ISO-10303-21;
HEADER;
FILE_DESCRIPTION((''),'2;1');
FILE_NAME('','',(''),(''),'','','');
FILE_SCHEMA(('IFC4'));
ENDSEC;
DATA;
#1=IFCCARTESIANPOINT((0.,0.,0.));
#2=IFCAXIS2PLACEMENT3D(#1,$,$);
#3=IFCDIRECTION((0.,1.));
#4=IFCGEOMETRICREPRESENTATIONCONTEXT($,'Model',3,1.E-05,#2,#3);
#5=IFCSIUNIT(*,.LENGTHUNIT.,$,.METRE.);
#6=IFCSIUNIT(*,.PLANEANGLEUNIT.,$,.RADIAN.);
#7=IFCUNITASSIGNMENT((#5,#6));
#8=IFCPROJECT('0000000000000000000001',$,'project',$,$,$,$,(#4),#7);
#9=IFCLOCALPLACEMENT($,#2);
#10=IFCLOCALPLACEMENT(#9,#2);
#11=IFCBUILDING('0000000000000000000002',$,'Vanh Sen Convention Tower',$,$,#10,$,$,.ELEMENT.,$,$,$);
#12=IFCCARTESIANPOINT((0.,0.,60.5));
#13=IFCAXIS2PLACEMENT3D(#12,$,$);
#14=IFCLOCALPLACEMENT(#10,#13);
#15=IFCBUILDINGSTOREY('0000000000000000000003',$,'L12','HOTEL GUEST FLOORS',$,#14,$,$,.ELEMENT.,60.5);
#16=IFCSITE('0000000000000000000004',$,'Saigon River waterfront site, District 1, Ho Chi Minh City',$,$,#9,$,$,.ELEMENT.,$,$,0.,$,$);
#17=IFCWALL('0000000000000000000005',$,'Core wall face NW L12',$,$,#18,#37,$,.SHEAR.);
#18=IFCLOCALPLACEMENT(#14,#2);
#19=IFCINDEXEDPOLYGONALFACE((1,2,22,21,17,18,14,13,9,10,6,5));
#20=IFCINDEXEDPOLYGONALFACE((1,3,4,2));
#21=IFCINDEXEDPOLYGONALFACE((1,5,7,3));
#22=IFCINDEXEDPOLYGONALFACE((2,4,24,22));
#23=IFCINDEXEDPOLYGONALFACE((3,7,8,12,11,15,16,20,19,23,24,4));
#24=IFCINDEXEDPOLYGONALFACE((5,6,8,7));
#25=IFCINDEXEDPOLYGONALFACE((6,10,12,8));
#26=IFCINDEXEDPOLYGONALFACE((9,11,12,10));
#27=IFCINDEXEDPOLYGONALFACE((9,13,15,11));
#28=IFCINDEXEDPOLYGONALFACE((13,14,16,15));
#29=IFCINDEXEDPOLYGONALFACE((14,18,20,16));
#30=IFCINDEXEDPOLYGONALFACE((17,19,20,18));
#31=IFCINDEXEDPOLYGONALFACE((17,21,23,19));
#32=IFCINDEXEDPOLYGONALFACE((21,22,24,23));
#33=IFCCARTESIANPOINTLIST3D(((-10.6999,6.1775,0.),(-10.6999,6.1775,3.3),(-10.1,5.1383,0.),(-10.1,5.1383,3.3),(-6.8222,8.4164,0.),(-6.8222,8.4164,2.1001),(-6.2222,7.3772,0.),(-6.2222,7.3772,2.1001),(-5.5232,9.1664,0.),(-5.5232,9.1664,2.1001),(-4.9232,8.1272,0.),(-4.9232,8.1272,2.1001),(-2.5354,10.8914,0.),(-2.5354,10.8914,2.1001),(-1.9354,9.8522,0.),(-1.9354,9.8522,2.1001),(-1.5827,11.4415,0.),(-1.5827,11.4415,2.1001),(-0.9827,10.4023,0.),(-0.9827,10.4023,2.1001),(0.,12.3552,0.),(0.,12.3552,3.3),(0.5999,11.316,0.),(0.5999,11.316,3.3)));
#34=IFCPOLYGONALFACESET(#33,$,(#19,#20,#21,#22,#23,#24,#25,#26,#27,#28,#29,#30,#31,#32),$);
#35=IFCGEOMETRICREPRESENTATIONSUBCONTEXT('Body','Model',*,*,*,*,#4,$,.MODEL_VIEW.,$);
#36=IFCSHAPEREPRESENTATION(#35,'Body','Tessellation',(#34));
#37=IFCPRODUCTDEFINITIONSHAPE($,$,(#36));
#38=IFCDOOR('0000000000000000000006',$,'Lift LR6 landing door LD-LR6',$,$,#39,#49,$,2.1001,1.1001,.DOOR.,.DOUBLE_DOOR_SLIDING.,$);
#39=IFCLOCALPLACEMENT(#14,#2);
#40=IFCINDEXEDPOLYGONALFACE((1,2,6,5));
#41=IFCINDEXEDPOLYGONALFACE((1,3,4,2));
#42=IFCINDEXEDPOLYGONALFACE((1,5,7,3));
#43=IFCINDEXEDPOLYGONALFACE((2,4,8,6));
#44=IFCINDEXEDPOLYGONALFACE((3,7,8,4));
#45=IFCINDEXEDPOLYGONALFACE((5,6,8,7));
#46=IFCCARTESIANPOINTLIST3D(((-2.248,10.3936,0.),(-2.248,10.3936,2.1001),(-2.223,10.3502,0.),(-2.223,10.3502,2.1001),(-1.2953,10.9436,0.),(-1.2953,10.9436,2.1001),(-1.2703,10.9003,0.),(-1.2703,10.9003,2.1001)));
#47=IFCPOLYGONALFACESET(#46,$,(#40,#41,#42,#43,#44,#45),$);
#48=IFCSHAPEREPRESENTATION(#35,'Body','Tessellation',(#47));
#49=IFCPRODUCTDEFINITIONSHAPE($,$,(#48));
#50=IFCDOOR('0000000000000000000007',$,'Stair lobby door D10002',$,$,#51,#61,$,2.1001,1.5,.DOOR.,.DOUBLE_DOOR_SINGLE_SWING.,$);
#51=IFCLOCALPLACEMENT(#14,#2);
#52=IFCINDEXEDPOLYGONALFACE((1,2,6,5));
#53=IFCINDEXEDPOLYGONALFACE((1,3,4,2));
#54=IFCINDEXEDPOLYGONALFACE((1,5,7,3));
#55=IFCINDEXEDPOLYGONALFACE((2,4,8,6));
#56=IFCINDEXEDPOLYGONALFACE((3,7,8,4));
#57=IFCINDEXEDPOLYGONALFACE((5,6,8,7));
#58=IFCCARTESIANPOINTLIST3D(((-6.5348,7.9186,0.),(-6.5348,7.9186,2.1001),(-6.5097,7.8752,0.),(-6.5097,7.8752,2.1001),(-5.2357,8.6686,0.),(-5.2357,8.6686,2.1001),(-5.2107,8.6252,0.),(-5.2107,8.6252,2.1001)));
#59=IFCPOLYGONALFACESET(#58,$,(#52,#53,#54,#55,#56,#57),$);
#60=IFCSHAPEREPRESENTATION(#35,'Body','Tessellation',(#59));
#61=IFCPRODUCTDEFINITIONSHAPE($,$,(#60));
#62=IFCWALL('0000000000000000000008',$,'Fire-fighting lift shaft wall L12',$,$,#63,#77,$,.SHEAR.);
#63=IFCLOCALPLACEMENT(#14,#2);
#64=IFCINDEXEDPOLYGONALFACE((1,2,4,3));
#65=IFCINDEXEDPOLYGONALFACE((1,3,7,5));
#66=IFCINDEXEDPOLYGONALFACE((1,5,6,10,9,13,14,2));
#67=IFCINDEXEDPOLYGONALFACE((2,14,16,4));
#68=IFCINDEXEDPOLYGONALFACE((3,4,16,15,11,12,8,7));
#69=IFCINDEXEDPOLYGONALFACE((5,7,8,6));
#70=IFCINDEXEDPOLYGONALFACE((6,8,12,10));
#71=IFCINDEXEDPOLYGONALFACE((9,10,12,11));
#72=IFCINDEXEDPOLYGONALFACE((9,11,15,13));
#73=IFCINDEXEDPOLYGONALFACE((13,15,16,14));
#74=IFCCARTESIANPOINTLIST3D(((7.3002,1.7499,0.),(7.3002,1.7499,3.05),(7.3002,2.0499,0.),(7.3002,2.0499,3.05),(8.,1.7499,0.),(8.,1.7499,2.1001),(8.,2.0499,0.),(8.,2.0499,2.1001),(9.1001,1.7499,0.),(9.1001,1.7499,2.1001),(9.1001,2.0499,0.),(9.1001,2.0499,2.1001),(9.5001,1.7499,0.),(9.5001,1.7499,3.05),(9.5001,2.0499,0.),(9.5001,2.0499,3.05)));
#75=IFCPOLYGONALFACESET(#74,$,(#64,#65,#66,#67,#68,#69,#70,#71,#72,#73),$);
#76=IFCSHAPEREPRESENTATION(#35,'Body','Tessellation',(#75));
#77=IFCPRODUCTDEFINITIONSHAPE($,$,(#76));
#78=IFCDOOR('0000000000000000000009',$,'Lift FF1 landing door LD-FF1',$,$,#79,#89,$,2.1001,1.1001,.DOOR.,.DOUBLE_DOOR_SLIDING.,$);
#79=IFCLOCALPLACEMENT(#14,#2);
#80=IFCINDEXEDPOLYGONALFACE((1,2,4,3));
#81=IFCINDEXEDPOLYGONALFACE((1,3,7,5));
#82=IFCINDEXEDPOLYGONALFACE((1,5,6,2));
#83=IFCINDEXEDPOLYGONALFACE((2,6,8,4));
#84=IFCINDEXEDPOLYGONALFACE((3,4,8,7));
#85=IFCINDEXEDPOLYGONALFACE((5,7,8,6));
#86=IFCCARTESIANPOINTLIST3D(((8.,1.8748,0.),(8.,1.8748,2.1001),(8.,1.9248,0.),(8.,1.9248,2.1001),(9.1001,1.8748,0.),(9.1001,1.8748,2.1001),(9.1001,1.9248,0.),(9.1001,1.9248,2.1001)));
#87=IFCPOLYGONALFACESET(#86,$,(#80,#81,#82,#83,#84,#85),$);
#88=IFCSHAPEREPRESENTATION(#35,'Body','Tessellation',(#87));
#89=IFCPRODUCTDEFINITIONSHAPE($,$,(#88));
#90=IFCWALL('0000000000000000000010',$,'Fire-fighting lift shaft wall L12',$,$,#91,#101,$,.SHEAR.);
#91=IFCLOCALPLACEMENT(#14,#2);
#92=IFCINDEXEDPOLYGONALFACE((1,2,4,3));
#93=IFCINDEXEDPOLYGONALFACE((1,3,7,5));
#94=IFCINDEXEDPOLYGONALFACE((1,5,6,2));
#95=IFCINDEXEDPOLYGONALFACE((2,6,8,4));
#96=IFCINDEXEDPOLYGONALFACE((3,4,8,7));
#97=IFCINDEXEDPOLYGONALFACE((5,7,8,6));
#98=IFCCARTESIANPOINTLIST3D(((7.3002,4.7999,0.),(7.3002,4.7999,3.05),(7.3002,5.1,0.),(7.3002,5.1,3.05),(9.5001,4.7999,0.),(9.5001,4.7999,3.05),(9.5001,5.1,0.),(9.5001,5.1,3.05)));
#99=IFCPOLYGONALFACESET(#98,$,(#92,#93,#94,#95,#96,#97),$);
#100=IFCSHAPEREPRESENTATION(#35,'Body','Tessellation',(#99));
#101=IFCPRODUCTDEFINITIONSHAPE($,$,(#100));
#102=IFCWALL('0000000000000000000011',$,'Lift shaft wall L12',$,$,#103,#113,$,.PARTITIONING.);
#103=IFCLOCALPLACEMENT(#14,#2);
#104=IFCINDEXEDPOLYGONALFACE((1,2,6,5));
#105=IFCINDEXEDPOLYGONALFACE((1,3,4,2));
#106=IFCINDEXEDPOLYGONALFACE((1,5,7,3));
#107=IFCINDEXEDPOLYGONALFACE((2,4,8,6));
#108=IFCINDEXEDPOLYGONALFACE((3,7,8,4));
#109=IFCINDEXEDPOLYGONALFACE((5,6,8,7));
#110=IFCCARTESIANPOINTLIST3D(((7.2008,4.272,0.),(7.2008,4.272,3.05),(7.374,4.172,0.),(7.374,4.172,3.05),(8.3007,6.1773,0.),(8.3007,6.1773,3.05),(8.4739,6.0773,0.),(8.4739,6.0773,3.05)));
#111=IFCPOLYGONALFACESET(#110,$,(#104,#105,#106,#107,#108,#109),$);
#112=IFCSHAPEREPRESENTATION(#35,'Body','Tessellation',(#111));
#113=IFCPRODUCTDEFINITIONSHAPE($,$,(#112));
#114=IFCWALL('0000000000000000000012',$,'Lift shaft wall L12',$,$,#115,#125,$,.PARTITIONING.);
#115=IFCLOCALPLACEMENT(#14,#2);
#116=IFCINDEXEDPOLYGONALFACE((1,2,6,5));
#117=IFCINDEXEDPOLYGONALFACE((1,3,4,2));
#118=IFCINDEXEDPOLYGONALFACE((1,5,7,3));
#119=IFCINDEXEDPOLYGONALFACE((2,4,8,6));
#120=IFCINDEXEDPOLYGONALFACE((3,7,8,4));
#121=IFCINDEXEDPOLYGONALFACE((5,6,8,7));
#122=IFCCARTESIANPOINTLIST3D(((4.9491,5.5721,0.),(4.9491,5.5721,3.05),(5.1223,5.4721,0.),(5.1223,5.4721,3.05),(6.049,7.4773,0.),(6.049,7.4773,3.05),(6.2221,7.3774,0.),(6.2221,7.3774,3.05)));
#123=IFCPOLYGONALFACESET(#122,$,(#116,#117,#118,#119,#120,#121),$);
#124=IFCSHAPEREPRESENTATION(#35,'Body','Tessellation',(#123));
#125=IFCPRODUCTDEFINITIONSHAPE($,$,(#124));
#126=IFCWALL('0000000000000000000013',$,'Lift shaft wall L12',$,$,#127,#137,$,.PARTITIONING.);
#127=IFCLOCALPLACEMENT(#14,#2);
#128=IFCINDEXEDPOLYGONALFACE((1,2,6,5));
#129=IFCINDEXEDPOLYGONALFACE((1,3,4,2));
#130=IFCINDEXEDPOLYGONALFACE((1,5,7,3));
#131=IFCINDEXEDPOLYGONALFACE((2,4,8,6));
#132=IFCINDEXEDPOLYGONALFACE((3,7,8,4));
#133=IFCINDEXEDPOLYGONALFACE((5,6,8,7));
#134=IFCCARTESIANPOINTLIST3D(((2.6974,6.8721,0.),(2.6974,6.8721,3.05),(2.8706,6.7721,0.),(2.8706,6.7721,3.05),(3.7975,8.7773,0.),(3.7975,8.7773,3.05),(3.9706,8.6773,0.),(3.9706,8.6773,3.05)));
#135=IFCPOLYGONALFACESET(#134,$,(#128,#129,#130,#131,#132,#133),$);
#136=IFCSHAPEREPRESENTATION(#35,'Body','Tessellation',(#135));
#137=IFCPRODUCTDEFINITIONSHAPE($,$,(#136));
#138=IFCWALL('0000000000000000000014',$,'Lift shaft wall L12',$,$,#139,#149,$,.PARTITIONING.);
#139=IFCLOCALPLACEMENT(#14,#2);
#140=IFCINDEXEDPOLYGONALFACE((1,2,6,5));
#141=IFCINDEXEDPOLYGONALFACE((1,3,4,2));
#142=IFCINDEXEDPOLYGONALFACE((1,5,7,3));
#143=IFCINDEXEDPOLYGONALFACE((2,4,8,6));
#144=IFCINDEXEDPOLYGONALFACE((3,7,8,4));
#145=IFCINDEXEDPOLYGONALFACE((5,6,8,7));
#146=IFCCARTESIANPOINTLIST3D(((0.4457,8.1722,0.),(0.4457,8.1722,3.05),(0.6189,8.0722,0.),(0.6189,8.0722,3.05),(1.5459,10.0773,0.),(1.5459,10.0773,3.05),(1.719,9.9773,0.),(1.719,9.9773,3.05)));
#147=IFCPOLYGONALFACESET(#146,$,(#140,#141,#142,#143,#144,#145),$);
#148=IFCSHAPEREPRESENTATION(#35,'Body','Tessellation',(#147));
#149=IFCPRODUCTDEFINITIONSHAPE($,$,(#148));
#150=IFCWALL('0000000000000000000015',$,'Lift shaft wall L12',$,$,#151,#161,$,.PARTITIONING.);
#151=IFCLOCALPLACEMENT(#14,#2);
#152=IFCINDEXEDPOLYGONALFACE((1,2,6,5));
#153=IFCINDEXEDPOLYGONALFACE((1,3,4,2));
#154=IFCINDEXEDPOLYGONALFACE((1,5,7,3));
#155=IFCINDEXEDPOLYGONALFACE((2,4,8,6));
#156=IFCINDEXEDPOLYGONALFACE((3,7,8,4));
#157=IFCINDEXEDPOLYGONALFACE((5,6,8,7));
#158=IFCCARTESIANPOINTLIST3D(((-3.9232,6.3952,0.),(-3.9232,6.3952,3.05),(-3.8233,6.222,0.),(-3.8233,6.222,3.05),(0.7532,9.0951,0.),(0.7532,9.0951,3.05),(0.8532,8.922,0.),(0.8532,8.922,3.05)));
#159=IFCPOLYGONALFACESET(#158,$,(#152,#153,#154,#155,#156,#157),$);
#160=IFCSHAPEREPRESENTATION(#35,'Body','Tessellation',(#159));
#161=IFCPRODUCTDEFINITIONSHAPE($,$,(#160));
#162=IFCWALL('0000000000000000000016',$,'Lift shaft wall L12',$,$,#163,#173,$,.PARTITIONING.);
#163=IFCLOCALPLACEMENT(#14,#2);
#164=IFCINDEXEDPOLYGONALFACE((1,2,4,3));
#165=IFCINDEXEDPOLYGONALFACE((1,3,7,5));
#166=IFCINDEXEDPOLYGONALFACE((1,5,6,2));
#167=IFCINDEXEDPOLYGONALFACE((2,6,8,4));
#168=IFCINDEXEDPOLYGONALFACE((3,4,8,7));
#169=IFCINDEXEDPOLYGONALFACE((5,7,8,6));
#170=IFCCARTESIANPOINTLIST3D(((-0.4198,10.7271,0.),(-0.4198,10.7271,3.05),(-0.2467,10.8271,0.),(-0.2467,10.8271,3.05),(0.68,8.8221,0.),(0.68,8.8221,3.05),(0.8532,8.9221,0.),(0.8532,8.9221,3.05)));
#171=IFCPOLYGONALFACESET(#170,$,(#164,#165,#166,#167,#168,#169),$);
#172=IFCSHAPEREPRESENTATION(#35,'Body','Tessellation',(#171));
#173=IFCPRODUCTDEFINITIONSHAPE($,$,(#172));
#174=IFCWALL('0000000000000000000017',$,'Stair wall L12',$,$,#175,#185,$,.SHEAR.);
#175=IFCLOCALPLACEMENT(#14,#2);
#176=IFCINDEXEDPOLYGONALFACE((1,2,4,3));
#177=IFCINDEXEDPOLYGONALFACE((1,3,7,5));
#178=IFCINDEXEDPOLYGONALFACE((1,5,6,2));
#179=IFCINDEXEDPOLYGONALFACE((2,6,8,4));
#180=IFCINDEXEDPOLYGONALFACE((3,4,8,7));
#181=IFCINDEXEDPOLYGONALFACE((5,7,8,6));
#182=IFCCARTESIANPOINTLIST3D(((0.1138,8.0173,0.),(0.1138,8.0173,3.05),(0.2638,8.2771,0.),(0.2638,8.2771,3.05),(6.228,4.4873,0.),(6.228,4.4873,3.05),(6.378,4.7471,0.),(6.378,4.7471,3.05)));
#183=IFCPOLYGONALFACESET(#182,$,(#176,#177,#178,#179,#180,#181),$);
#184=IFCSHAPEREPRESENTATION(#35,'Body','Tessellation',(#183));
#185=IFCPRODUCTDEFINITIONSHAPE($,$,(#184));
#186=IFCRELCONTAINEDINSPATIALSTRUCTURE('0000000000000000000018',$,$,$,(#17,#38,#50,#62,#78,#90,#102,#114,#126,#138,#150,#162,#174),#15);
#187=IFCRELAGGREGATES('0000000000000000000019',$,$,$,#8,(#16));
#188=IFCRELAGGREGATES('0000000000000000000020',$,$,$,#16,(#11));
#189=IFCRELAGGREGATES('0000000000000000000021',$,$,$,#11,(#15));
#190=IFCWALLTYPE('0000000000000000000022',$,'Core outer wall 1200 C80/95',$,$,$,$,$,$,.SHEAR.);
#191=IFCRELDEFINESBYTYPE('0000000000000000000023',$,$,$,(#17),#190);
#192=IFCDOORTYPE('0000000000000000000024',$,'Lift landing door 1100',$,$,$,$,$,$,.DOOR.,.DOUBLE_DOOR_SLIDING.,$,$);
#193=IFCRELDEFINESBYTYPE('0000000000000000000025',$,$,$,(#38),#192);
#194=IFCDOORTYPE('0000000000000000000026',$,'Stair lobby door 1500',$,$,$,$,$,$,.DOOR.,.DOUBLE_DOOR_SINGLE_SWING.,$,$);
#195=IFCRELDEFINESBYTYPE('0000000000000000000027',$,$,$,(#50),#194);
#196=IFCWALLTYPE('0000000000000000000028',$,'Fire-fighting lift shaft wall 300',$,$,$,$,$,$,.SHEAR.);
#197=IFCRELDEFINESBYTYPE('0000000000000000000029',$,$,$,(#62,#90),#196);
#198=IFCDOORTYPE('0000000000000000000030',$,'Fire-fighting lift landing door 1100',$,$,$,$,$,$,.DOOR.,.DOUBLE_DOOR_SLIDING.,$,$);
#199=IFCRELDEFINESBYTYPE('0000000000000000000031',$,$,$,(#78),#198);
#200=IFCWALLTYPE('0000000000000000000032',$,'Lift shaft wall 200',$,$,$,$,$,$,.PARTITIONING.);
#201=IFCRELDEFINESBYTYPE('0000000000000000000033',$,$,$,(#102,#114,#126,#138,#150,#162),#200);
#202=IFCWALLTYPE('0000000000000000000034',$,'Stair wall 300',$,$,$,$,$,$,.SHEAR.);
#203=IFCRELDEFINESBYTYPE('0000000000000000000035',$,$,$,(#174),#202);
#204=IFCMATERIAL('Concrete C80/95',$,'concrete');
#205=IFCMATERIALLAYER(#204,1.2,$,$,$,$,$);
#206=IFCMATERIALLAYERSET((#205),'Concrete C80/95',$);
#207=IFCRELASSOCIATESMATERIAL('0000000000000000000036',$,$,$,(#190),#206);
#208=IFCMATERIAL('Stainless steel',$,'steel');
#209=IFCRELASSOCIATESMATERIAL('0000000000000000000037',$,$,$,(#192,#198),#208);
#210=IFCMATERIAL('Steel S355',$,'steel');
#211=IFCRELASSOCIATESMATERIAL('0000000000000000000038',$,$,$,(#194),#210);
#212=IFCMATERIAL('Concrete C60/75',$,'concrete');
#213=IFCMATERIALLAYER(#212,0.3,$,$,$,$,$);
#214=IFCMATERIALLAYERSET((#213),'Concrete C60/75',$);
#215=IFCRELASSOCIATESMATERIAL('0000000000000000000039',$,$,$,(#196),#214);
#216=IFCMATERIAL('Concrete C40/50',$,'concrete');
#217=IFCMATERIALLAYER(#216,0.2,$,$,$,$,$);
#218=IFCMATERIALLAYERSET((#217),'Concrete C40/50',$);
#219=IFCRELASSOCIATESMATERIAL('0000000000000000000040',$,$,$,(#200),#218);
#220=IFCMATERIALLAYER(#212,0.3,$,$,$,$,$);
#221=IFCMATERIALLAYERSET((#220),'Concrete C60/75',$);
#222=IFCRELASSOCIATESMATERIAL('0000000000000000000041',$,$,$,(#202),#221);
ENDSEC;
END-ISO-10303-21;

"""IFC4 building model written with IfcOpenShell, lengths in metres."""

from ifc_helpers import new_model, si_unit, direction, frame, frame_2d, origin, place, context, subcontext, project, spatial, rectangle, extrude, material, layer, layer_set, type_object, element, fill, save


model = new_model("IFC4")

# Units and contexts
model_context = context("Model", 3, precision=1e-05, world=origin(), true_north=direction((0.0, 1.0)))
body_context = subcontext(model_context, "Body", "Model", "MODEL_VIEW")
ifc_project = project(units=[si_unit("LENGTHUNIT", "METRE"), si_unit("PLANEANGLEUNIT", "RADIAN")], contexts=[model_context])

# Site, building, storey
site_placement = place(None, origin())
site = spatial("IfcSite", under=ifc_project, at=site_placement, Name="Saigon River waterfront site, District 1, Ho Chi Minh City", CompositionType="ELEMENT", RefElevation=0.0)
building_placement = place(site_placement, origin())
building = spatial("IfcBuilding", under=site, at=building_placement, Name="Vanh Sen Convention Tower", CompositionType="ELEMENT")
storey_placement = place(building_placement, frame((0.0, 0.0, 60.5)))
storey = spatial("IfcBuildingStorey", under=building, at=storey_placement, Name="L12", Description="HOTEL GUEST FLOORS", CompositionType="ELEMENT", Elevation=60.5)

# Wall, openings, doors
ifc_material_1 = material(Name="Concrete C80/95", Category="concrete")
ifc_layer_1 = layer(ifc_material_1, 1.2)
ifc_layer_set_1 = layer_set([ifc_layer_1], Name="Concrete C80/95")
wall_type_1 = type_object("IfcWallType", Name="Core outer wall 1200 C80/95", PredefinedType="SHEAR", material=ifc_layer_set_1)
wall_1_placement = place(storey_placement, frame((0.3, 11.8357, 0.0), z_axis=(0.0, 0.0, 1.0), x_axis=(-0.866021, -0.500007, 0.0)))
wall_1 = element("IfcWall", 1, at=wall_1_placement, inside=storey, type_object=wall_type_1, Name="Core wall face NW L12", PredefinedType="SHEAR", context=body_context, shape_type="SweptSolid", body=[
    extrude(rectangle(XDim=12.3552, YDim=1.2, at=frame_2d((6.1777, 0.0))), origin(), (0.0, 0.0, 1.0), 3.3),
])
opening_1_placement = place(wall_1_placement, frame((6.3777, 0.0, 0.0)))
opening_1 = element("IfcOpeningElement", 2, at=opening_1_placement, cuts=wall_1, PredefinedType="OPENING", context=body_context, shape_type="SweptSolid", body=[
    extrude(rectangle(XDim=1.5, YDim=2.1001, at=frame_2d((0.75, 1.05))), frame((0.0, 0.6099, 0.0), z_axis=(0.0, -1.0, 0.0), x_axis=(1.0, 0.0, 0.0)), (0.0, 0.0, 1.0), 1.22),
])
opening_2_placement = place(wall_1_placement, frame((1.8276, 0.0, 0.0)))
opening_2 = element("IfcOpeningElement", 3, at=opening_2_placement, cuts=wall_1, PredefinedType="OPENING", context=body_context, shape_type="SweptSolid", body=[
    extrude(rectangle(XDim=1.1001, YDim=2.1001, at=frame_2d((0.55, 1.05))), frame((0.0, 0.6099, 0.0), z_axis=(0.0, -1.0, 0.0), x_axis=(1.0, 0.0, 0.0)), (0.0, 0.0, 1.0), 1.22),
])
ifc_material_2 = material(Name="Stainless steel", Category="steel")
door_type_1 = type_object("IfcDoorType", Name="Lift landing door 1100", OperationType="DOUBLE_DOOR_SLIDING", PredefinedType="DOOR", material=ifc_material_2)
door_1_placement = place(opening_2_placement, origin())
door_1 = element("IfcDoor", 4, at=door_1_placement, inside=storey, type_object=door_type_1, Name="Lift LR6 landing door LD-LR6", OperationType="DOUBLE_DOOR_SLIDING", OverallHeight=2.1001, OverallWidth=1.1001, PredefinedType="DOOR", context=body_context, shape_type="SweptSolid", body=[
    extrude(rectangle(XDim=1.1001, YDim=2.1001, at=frame_2d((0.55, 1.05))), frame((0.0, 0.0249, 0.0), z_axis=(0.0, -1.0, 0.0), x_axis=(1.0, 0.0, 0.0)), (0.0, 0.0, 1.0), 0.05),
])
fill(opening_2, door_1)
ifc_material_3 = material(Name="Steel S355", Category="steel")
door_type_2 = type_object("IfcDoorType", Name="Stair lobby door 1500", OperationType="DOUBLE_DOOR_SINGLE_SWING", PredefinedType="DOOR", material=ifc_material_3)
door_2_placement = place(opening_1_placement, origin())
door_2 = element("IfcDoor", 5, at=door_2_placement, inside=storey, type_object=door_type_2, Name="Stair lobby door D10002", OperationType="DOUBLE_DOOR_SINGLE_SWING", OverallHeight=2.1001, OverallWidth=1.5, PredefinedType="DOOR", context=body_context, shape_type="SweptSolid", body=[
    extrude(rectangle(XDim=1.5, YDim=2.1001, at=frame_2d((0.75, 1.05))), frame((0.0, 0.0249, 0.0), z_axis=(0.0, -1.0, 0.0), x_axis=(1.0, 0.0, 0.0)), (0.0, 0.0, 1.0), 0.05),
])
fill(opening_1, door_2)

# Wall, opening, door
ifc_material_4 = material(Name="Concrete C60/75", Category="concrete")
ifc_layer_2 = layer(ifc_material_4, 0.3)
ifc_layer_set_2 = layer_set([ifc_layer_2], Name="Concrete C60/75")
wall_type_2 = type_object("IfcWallType", Name="Fire-fighting lift shaft wall 300", PredefinedType="SHEAR", material=ifc_layer_set_2)
wall_2_placement = place(storey_placement, frame((7.3, 1.8999, 0.0), z_axis=(0.0, 0.0, 1.0), x_axis=(1.0, 0.0, 0.0)))
wall_2 = element("IfcWall", 6, at=wall_2_placement, inside=storey, type_object=wall_type_2, Name="Fire-fighting lift shaft wall L12", PredefinedType="SHEAR", context=body_context, shape_type="SweptSolid", body=[
    extrude(rectangle(XDim=2.2, YDim=0.3, at=frame_2d((1.1001, 0.0))), origin(), (0.0, 0.0, 1.0), 3.05),
])
opening_3_placement = place(wall_2_placement, frame((0.7, 0.0, 0.0)))
opening_3 = element("IfcOpeningElement", 7, at=opening_3_placement, cuts=wall_2, PredefinedType="OPENING", context=body_context, shape_type="SweptSolid", body=[
    extrude(rectangle(XDim=1.1001, YDim=2.1001, at=frame_2d((0.55, 1.05))), frame((0.0, 0.1599, 0.0), z_axis=(0.0, -1.0, 0.0), x_axis=(1.0, 0.0, 0.0)), (0.0, 0.0, 1.0), 0.3201),
])
door_type_3 = type_object("IfcDoorType", Name="Fire-fighting lift landing door 1100", OperationType="DOUBLE_DOOR_SLIDING", PredefinedType="DOOR", material=ifc_material_2)
door_3_placement = place(opening_3_placement, origin())
door_3 = element("IfcDoor", 8, at=door_3_placement, inside=storey, type_object=door_type_3, Name="Lift FF1 landing door LD-FF1", OperationType="DOUBLE_DOOR_SLIDING", OverallHeight=2.1001, OverallWidth=1.1001, PredefinedType="DOOR", context=body_context, shape_type="SweptSolid", body=[
    extrude(rectangle(XDim=1.1001, YDim=2.1001, at=frame_2d((0.55, 1.05))), frame((0.0, 0.0249, 0.0), z_axis=(0.0, -1.0, 0.0), x_axis=(1.0, 0.0, 0.0)), (0.0, 0.0, 1.0), 0.05),
])
fill(opening_3, door_3)

# Walls
wall_3_placement = place(storey_placement, frame((7.3, 4.95, 0.0), z_axis=(0.0, 0.0, 1.0), x_axis=(1.0, 0.0, 0.0)))
element("IfcWall", 9, at=wall_3_placement, inside=storey, type_object=wall_type_2, Name="Fire-fighting lift shaft wall L12", PredefinedType="SHEAR", context=body_context, shape_type="SweptSolid", body=[
    extrude(rectangle(XDim=2.2, YDim=0.3, at=frame_2d((1.1001, 0.0))), origin(), (0.0, 0.0, 1.0), 3.05),
])
ifc_material_5 = material(Name="Concrete C40/50", Category="concrete")
ifc_layer_3 = layer(ifc_material_5, 0.2)
ifc_layer_set_3 = layer_set([ifc_layer_3], Name="Concrete C40/50")
wall_type_3 = type_object("IfcWallType", Name="Lift shaft wall 200", PredefinedType="PARTITIONING", material=ifc_layer_set_3)
for number, where, z_axis, x_axis, name in (
    (10, (7.2874, 4.2219, 0.0), (0.0, 0.0, 1.0), (0.499947, 0.866056, 0.0), "Lift shaft wall L12"),
    (11, (5.0356, 5.522, 0.0), (0.0, 0.0, 1.0), (0.499947, 0.866056, 0.0), "Lift shaft wall L12"),
    (12, (2.7839, 6.822, 0.0), (0.0, 0.0, 1.0), (0.50003, 0.866008, 0.0), "Lift shaft wall L12"),
    (13, (0.5322, 8.1221, 0.0), (0.0, 0.0, 1.0), (0.500078, 0.86598, 0.0), "Lift shaft wall L12"),
):
    element("IfcWall", number, at=place(storey_placement, frame(where, z_axis=z_axis, x_axis=x_axis)), inside=storey, type_object=wall_type_3, Name=name, PredefinedType="PARTITIONING", context=body_context, shape_type="SweptSolid", body=[
        extrude(rectangle(XDim=2.2, YDim=0.2, at=frame_2d((1.1001, 0.0))), origin(), (0.0, 0.0, 1.0), 3.05),
    ])
wall_4_placement = place(storey_placement, frame((0.8032, 9.0085, 0.0), z_axis=(0.0, 0.0, 1.0), x_axis=(-0.866028, -0.499995, 0.0)))
element("IfcWall", 14, at=wall_4_placement, inside=storey, type_object=wall_type_3, Name="Lift shaft wall L12", PredefinedType="PARTITIONING", context=body_context, shape_type="SweptSolid", body=[
    extrude(rectangle(XDim=5.3999, YDim=0.2, at=frame_2d((2.7, 0.0))), origin(), (0.0, 0.0, 1.0), 3.05),
])
wall_5_placement = place(storey_placement, frame((0.7666, 8.8721, 0.0), z_axis=(0.0, 0.0, 1.0), x_axis=(-0.499995, 0.866028, 0.0)))
element("IfcWall", 15, at=wall_5_placement, inside=storey, type_object=wall_type_3, Name="Lift shaft wall L12", PredefinedType="PARTITIONING", context=body_context, shape_type="SweptSolid", body=[
    extrude(rectangle(XDim=2.1997, YDim=0.2, at=frame_2d((1.0999, 0.0))), origin(), (0.0, 0.0, 1.0), 3.05),
])
ifc_layer_4 = layer(ifc_material_4, 0.3)
ifc_layer_set_4 = layer_set([ifc_layer_4], Name="Concrete C60/75")
wall_type_4 = type_object("IfcWallType", Name="Stair wall 300", PredefinedType="SHEAR", material=ifc_layer_set_4)
wall_6_placement = place(storey_placement, frame((6.303, 4.6172, 0.0), z_axis=(0.0, 0.0, 1.0), x_axis=(-0.866028, 0.499996, 0.0)))
element("IfcWall", 16, at=wall_6_placement, inside=storey, type_object=wall_type_4, Name="Stair wall L12", PredefinedType="SHEAR", context=body_context, shape_type="SweptSolid", body=[
    extrude(rectangle(XDim=7.0601, YDim=0.3, at=frame_2d((3.53, 0.0))), origin(), (0.0, 0.0, 1.0), 3.05),
])

save(model, "model.ifc")
